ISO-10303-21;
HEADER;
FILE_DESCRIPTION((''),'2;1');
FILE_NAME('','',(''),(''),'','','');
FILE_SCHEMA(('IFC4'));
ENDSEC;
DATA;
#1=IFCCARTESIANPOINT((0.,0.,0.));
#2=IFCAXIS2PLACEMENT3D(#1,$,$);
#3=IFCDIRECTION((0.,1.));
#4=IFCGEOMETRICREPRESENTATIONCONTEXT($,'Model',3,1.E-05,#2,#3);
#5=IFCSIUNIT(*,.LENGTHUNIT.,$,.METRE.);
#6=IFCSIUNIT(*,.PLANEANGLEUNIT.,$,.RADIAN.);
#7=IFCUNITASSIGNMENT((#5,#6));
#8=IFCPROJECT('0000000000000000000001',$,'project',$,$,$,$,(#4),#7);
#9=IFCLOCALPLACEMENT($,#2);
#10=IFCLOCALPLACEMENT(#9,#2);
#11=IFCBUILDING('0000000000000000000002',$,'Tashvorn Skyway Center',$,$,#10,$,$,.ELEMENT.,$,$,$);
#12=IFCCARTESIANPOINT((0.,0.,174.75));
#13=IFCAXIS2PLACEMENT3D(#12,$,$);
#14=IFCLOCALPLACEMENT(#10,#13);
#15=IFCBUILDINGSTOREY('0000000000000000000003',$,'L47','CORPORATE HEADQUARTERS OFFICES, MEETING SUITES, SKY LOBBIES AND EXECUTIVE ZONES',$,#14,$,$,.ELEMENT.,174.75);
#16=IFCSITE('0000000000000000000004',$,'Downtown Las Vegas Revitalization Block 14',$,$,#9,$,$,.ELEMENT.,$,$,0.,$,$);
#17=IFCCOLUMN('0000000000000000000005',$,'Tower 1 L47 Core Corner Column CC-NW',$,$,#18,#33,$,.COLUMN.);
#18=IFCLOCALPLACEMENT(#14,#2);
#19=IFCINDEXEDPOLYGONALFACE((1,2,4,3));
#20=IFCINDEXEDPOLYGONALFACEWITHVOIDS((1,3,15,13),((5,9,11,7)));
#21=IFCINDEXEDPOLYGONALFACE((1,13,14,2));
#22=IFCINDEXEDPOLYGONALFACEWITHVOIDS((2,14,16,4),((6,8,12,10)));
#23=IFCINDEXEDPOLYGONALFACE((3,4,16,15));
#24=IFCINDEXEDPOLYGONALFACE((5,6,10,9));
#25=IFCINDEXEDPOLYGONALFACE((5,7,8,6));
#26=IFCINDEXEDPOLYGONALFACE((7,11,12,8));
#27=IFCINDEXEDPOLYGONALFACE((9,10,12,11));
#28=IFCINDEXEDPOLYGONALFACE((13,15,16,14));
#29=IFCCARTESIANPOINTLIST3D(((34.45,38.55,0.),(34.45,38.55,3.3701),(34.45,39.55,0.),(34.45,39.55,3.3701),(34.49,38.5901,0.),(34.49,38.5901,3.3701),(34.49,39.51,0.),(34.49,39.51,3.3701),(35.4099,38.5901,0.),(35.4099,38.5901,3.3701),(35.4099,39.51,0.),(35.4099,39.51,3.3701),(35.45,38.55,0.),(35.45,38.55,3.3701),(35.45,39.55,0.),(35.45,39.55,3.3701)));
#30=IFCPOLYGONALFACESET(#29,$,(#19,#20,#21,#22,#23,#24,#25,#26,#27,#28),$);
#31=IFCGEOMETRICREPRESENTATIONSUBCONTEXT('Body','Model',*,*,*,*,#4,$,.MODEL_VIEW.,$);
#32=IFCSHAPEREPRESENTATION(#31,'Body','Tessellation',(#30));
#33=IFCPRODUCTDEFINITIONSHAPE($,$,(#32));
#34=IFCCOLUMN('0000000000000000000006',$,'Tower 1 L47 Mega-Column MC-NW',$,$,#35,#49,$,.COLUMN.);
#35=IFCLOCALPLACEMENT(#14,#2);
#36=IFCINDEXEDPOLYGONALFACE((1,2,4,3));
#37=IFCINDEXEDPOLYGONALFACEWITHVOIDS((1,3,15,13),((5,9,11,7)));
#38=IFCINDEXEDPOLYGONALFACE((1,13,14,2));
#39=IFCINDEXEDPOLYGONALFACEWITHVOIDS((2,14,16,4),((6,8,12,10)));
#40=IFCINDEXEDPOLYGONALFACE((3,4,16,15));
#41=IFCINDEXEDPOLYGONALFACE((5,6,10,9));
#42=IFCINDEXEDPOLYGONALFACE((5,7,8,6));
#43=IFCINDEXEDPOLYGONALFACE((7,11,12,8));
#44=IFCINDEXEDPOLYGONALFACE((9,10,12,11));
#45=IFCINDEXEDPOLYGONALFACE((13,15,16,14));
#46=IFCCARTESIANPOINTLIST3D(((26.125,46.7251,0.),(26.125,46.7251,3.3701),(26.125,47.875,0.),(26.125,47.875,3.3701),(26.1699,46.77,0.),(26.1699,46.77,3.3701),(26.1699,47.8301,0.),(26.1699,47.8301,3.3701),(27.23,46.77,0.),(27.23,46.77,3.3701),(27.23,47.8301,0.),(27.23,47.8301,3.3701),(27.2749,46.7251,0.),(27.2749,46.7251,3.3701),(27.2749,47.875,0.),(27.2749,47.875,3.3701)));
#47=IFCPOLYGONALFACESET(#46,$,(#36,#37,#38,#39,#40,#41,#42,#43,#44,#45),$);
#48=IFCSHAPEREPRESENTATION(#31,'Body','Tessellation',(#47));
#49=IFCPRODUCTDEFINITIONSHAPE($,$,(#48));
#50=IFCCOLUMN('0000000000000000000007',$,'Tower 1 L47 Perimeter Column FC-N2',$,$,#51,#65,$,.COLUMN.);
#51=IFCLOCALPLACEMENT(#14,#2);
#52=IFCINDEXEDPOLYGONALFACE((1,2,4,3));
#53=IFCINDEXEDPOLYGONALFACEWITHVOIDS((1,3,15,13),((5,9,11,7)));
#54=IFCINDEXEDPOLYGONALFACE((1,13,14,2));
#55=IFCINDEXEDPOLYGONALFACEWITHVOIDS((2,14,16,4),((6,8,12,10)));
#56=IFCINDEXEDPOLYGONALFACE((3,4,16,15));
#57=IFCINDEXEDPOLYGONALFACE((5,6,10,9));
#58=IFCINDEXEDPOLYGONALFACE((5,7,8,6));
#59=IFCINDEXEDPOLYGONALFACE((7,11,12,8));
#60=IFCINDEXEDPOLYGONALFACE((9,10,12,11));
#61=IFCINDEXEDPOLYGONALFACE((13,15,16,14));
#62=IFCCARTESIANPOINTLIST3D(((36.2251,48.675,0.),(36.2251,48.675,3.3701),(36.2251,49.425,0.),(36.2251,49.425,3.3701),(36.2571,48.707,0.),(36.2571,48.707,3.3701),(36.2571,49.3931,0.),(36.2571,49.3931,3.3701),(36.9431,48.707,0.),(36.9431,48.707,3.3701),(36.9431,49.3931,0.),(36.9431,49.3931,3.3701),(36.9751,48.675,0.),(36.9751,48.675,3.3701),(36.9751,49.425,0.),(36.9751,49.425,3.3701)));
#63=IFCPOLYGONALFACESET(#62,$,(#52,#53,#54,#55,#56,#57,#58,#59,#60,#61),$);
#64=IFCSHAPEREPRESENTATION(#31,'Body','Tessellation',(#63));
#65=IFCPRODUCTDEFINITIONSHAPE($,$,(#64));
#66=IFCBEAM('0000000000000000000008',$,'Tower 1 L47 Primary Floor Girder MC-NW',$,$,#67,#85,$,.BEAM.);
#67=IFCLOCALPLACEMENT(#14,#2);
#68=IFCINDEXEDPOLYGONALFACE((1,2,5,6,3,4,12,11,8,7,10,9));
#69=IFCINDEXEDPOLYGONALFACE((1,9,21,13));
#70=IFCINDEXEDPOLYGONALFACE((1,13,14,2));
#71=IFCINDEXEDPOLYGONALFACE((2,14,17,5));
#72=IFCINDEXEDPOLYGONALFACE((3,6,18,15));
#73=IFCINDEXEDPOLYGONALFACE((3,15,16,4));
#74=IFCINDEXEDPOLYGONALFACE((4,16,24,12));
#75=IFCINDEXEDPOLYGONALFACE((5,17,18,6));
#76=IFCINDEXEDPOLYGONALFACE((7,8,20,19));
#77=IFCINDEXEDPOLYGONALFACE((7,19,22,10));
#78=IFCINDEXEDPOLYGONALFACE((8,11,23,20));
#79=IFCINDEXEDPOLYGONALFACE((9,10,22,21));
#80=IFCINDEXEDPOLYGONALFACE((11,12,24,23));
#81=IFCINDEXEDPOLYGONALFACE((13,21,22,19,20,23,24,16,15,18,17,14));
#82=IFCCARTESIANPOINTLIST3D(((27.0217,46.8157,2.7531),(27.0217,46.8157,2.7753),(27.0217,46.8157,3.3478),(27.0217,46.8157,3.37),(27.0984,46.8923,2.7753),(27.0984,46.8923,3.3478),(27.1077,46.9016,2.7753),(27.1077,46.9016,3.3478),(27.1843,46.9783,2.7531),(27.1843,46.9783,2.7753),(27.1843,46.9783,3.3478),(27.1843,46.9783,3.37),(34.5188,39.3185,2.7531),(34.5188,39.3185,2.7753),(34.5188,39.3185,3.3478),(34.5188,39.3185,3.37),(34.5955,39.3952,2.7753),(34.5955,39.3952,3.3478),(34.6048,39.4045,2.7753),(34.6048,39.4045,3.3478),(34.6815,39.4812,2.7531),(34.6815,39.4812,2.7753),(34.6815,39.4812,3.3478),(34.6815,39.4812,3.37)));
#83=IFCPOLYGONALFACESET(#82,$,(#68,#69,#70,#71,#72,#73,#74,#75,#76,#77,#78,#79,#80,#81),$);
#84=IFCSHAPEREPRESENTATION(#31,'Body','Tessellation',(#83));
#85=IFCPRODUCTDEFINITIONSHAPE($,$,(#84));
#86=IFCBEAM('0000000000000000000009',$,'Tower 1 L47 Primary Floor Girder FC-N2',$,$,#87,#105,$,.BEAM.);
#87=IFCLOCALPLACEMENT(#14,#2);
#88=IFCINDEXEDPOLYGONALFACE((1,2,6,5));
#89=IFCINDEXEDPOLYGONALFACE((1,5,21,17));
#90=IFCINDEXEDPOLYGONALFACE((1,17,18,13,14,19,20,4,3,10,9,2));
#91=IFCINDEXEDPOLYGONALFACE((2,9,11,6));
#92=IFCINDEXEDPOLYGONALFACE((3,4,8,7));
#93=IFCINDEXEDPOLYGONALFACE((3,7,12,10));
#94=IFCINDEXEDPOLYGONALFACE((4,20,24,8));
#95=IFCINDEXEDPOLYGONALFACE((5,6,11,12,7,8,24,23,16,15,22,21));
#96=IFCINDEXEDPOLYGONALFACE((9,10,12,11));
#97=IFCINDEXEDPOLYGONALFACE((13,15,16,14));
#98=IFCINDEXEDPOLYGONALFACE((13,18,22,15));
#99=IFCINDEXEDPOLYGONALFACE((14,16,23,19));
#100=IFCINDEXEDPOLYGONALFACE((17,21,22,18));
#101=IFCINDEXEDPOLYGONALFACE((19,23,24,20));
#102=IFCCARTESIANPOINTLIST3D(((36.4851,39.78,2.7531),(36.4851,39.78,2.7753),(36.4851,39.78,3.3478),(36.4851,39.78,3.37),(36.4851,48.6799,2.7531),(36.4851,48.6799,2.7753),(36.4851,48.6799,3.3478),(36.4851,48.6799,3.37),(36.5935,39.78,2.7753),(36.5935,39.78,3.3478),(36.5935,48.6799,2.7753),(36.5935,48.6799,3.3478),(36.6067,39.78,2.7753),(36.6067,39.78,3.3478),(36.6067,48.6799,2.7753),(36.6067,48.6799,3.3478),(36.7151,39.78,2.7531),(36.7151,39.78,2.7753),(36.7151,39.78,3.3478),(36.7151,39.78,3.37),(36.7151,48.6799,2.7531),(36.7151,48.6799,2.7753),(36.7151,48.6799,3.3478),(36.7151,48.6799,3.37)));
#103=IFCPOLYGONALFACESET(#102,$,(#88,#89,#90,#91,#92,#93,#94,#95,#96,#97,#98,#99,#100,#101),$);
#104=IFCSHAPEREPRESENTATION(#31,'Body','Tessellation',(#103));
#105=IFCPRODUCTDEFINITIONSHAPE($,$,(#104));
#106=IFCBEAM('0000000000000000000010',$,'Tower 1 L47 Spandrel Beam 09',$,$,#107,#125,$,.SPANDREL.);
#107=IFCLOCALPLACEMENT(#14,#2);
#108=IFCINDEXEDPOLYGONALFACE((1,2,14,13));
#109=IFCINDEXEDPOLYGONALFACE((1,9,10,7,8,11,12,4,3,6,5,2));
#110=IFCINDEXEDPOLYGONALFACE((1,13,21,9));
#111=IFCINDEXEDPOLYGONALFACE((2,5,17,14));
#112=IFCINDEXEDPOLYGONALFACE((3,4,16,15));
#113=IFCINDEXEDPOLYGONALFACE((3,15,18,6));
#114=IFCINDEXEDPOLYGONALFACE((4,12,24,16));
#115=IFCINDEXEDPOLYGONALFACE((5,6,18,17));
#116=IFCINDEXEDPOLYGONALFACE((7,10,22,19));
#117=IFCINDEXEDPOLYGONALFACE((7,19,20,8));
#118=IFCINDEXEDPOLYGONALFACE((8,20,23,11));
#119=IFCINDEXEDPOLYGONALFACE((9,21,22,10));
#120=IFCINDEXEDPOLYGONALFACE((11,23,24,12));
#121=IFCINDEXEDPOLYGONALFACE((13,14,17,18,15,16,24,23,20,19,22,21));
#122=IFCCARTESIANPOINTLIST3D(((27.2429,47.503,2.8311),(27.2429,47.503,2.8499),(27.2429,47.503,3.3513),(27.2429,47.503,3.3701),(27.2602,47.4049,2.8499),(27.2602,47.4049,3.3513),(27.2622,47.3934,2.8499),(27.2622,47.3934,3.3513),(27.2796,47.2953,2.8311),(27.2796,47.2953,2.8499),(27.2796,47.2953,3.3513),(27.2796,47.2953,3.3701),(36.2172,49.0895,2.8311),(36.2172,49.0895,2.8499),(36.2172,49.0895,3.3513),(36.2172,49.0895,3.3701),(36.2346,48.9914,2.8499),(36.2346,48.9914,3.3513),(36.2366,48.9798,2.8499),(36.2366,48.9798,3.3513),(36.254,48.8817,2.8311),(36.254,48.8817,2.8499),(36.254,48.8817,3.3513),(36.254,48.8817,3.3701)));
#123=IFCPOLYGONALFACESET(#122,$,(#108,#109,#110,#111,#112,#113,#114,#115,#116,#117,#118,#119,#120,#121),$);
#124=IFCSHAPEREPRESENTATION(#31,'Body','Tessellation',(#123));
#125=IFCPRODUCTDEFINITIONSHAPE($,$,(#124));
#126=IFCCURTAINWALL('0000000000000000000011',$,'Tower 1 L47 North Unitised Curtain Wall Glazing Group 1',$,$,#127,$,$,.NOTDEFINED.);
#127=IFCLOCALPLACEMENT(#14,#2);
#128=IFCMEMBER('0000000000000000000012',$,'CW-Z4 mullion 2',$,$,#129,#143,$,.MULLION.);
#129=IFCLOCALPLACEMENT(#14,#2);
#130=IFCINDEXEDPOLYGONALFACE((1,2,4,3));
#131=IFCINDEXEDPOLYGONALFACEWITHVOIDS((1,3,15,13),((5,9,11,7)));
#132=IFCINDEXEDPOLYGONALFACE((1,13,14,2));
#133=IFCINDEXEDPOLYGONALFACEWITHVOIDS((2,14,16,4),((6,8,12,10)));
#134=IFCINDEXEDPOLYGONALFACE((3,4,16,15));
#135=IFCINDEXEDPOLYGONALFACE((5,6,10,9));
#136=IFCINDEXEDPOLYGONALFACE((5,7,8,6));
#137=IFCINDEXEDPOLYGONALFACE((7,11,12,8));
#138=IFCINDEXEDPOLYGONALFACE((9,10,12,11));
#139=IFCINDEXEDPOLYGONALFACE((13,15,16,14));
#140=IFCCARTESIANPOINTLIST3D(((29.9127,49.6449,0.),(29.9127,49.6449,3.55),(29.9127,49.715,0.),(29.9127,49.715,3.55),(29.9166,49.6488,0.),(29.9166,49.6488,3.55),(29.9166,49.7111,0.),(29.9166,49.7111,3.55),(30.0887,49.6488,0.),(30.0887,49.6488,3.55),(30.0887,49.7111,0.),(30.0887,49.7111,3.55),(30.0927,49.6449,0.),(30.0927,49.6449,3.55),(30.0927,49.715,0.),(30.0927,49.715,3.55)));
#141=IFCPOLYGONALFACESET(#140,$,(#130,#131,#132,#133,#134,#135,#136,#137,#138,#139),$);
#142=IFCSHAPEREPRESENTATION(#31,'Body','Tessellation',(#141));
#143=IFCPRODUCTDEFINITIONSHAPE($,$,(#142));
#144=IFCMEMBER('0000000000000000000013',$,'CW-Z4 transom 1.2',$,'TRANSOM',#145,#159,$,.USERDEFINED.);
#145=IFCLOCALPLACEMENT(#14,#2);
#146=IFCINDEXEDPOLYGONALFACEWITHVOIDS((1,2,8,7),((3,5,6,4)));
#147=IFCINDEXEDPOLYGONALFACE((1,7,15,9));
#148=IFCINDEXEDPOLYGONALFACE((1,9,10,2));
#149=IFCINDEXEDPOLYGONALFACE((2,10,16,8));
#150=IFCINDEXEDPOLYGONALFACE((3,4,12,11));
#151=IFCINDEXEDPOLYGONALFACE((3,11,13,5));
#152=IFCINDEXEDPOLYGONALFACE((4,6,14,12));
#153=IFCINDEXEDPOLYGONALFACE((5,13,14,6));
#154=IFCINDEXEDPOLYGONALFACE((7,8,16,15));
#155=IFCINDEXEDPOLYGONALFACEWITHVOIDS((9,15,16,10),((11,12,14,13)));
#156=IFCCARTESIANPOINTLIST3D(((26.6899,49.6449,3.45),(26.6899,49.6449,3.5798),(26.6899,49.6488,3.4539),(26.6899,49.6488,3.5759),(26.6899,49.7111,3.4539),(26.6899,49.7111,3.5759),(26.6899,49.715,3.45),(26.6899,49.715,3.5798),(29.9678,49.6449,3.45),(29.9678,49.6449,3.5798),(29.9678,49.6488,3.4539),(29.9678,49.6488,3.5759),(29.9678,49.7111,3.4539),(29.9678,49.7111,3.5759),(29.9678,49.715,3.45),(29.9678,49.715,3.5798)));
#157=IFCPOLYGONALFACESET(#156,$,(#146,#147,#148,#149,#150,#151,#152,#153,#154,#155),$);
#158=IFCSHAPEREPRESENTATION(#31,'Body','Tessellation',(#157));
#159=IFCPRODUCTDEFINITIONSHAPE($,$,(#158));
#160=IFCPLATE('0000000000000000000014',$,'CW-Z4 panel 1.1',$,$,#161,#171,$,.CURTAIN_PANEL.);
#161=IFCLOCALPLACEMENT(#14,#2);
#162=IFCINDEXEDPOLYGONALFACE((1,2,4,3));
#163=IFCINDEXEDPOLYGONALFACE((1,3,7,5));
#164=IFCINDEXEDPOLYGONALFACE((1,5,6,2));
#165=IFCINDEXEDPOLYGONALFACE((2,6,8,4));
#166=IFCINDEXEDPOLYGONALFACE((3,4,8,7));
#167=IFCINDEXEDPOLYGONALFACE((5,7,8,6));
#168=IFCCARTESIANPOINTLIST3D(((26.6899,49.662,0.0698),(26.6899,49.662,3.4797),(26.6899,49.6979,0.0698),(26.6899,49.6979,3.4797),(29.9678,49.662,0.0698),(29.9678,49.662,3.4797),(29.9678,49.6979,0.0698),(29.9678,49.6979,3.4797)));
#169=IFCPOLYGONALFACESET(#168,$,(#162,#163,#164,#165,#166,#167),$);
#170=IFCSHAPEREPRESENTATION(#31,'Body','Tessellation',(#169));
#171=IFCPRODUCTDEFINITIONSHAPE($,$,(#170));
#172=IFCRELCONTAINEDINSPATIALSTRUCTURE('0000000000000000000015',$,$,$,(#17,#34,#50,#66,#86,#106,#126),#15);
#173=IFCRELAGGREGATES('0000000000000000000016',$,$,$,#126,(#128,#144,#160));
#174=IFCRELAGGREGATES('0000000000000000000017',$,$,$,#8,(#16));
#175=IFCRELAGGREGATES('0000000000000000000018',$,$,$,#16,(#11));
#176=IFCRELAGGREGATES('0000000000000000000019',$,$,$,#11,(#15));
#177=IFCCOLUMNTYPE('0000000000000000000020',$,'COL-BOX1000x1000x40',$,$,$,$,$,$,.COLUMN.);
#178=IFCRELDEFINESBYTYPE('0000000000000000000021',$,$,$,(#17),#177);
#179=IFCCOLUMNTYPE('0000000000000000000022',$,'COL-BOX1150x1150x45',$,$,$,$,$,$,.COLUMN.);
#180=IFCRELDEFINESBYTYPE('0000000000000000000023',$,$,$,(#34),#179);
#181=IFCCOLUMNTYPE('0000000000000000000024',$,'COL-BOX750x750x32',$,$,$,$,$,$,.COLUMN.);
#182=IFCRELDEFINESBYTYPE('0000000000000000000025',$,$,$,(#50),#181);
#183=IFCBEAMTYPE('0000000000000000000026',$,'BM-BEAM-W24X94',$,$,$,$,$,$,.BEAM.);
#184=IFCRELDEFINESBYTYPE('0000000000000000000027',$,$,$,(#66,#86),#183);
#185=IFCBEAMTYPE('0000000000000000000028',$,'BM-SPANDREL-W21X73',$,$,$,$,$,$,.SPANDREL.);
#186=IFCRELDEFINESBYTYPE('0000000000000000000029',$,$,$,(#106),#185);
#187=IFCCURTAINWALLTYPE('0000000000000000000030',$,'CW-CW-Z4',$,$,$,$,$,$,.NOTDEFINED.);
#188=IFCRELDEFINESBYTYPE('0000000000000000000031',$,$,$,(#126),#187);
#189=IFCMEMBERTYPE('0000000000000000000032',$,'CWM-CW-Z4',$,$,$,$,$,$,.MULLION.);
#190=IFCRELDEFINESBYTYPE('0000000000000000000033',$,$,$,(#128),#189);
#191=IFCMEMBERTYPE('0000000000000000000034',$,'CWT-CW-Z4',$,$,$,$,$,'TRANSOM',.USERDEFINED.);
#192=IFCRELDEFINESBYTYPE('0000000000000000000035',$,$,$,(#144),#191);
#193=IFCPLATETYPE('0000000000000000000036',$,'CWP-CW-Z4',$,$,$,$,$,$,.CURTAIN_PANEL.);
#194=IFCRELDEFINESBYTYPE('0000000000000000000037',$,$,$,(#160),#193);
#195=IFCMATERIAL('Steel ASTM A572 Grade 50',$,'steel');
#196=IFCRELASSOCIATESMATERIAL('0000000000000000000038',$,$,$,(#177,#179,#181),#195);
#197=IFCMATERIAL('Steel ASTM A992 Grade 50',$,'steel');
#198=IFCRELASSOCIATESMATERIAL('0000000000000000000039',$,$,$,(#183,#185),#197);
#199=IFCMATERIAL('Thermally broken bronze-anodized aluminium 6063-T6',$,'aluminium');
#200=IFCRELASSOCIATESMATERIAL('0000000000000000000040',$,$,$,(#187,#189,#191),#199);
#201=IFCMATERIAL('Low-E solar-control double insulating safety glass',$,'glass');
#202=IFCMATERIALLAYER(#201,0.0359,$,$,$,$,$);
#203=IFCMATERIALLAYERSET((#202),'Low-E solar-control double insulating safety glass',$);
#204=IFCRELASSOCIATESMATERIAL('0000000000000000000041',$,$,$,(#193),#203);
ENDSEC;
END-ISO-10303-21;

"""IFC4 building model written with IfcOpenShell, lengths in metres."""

from ifc_helpers import new_model, si_unit, direction, frame, origin, origin_2d, place, context, subcontext, project, spatial, rectangle, hollow_rectangle, i_section, extrude, material, layer, layer_set, material_profile, profile_set, type_object, element, aggregate, save


model = new_model("IFC4")

# Units and contexts
model_context = context("Model", 3, precision=1e-05, world=origin(), true_north=direction((0.0, 1.0)))
body_context = subcontext(model_context, "Body", "Model", "MODEL_VIEW")
ifc_project = project(units=[si_unit("LENGTHUNIT", "METRE"), si_unit("PLANEANGLEUNIT", "RADIAN")], contexts=[model_context])

# Site, building, storey
site_placement = place(None, origin())
site = spatial("IfcSite", under=ifc_project, at=site_placement, Name="Downtown Las Vegas Revitalization Block 14", CompositionType="ELEMENT", RefElevation=0.0)
building_placement = place(site_placement, origin())
building = spatial("IfcBuilding", under=site, at=building_placement, Name="Tashvorn Skyway Center", CompositionType="ELEMENT")
storey_placement = place(building_placement, frame((0.0, 0.0, 174.75)))
storey = spatial("IfcBuildingStorey", under=building, at=storey_placement, Name="L47", Description="CORPORATE HEADQUARTERS OFFICES, MEETING SUITES, SKY LOBBIES AND EXECUTIVE ZONES", CompositionType="ELEMENT", Elevation=174.75)

# Columns
ifc_material_1 = material(Name="Steel ASTM A572 Grade 50", Category="steel")
ifc_material_profile_1 = material_profile(ifc_material_1, hollow_rectangle(XDim=1.0, YDim=1.0, WallThickness=0.04, at=origin_2d()), Name="BOX1000x1000x40")
ifc_profile_set_1 = profile_set([ifc_material_profile_1], Name="Steel ASTM A572 Grade 50")
column_type_1 = type_object("IfcColumnType", Name="COL-BOX1000x1000x40", PredefinedType="COLUMN", material=ifc_profile_set_1)
column_1_placement = place(storey_placement, frame((34.95, 39.05, 0.0), z_axis=(0.0, 0.0, 1.0), x_axis=(1.0, 0.0, 0.0)))
element("IfcColumn", 1, at=column_1_placement, inside=storey, type_object=column_type_1, Name="Tower 1 L47 Core Corner Column CC-NW", PredefinedType="COLUMN", context=body_context, shape_type="SweptSolid", body=[
    extrude(hollow_rectangle(XDim=1.0, YDim=1.0, WallThickness=0.04, at=origin_2d()), origin(), (0.0, 0.0, 1.0), 3.3701),
])
ifc_material_profile_2 = material_profile(ifc_material_1, hollow_rectangle(XDim=1.1499, YDim=1.1499, WallThickness=0.0449, at=origin_2d()), Name="BOX1150x1150x45")
ifc_profile_set_2 = profile_set([ifc_material_profile_2], Name="Steel ASTM A572 Grade 50")
column_type_2 = type_object("IfcColumnType", Name="COL-BOX1150x1150x45", PredefinedType="COLUMN", material=ifc_profile_set_2)
column_2_placement = place(storey_placement, frame((26.7, 47.3, 0.0), z_axis=(0.0, 0.0, 1.0), x_axis=(1.0, 0.0, 0.0)))
element("IfcColumn", 2, at=column_2_placement, inside=storey, type_object=column_type_2, Name="Tower 1 L47 Mega-Column MC-NW", PredefinedType="COLUMN", context=body_context, shape_type="SweptSolid", body=[
    extrude(hollow_rectangle(XDim=1.1499, YDim=1.1499, WallThickness=0.0449, at=origin_2d()), origin(), (0.0, 0.0, 1.0), 3.3701),
])
ifc_material_profile_3 = material_profile(ifc_material_1, hollow_rectangle(XDim=0.75, YDim=0.75, WallThickness=0.032, at=origin_2d()), Name="BOX750x750x32")
ifc_profile_set_3 = profile_set([ifc_material_profile_3], Name="Steel ASTM A572 Grade 50")
column_type_3 = type_object("IfcColumnType", Name="COL-BOX750x750x32", PredefinedType="COLUMN", material=ifc_profile_set_3)
column_3_placement = place(storey_placement, frame((36.6001, 49.05, 0.0), z_axis=(0.0, 0.0, 1.0), x_axis=(1.0, 0.0, 0.0)))
element("IfcColumn", 3, at=column_3_placement, inside=storey, type_object=column_type_3, Name="Tower 1 L47 Perimeter Column FC-N2", PredefinedType="COLUMN", context=body_context, shape_type="SweptSolid", body=[
    extrude(hollow_rectangle(XDim=0.75, YDim=0.75, WallThickness=0.032, at=origin_2d()), origin(), (0.0, 0.0, 1.0), 3.3701),
])

# Beams
ifc_material_2 = material(Name="Steel ASTM A992 Grade 50", Category="steel")
ifc_material_profile_4 = material_profile(ifc_material_2, i_section(OverallWidth=0.23, OverallDepth=0.6169, WebThickness=0.0132, FlangeThickness=0.0222, at=origin_2d()), Name="W24X94")
ifc_profile_set_4 = profile_set([ifc_material_profile_4], Name="Steel ASTM A992 Grade 50")
beam_type_1 = type_object("IfcBeamType", Name="BM-BEAM-W24X94", PredefinedType="BEAM", material=ifc_profile_set_4)
beam_1_placement = place(storey_placement, frame((27.103, 46.897, 3.0615), z_axis=(0.707107, -0.707107, 0.0), x_axis=(0.707107, 0.707107, 0.0)))
element("IfcBeam", 4, at=beam_1_placement, inside=storey, type_object=beam_type_1, Name="Tower 1 L47 Primary Floor Girder MC-NW", PredefinedType="BEAM", context=body_context, shape_type="SweptSolid", body=[
    extrude(i_section(OverallWidth=0.23, OverallDepth=0.6169, WebThickness=0.0132, FlangeThickness=0.0222, at=origin_2d()), origin(), (0.0, 0.0, 1.0), 10.6025),
])
beam_2_placement = place(storey_placement, frame((36.6001, 48.6799, 3.0615), z_axis=(0.0, -1.0, 0.0), x_axis=(1.0, 0.0, 0.0)))
element("IfcBeam", 5, at=beam_2_placement, inside=storey, type_object=beam_type_1, Name="Tower 1 L47 Primary Floor Girder FC-N2", PredefinedType="BEAM", context=body_context, shape_type="SweptSolid", body=[
    extrude(i_section(OverallWidth=0.23, OverallDepth=0.6169, WebThickness=0.0132, FlangeThickness=0.0222, at=origin_2d()), origin(), (0.0, 0.0, 1.0), 8.8999),
])
ifc_material_profile_5 = material_profile(ifc_material_2, i_section(OverallWidth=0.2109, OverallDepth=0.5391, WebThickness=0.0117, FlangeThickness=0.0188, at=origin_2d()), Name="W21X73")
ifc_profile_set_5 = profile_set([ifc_material_profile_5], Name="Steel ASTM A992 Grade 50")
beam_type_2 = type_object("IfcBeamType", Name="BM-SPANDREL-W21X73", PredefinedType="SPANDREL", material=ifc_profile_set_5)
beam_3_placement = place(storey_placement, frame((36.2356, 48.9856, 3.1006), z_axis=(-0.984733, -0.174074, 0.0), x_axis=(0.174074, -0.984733, 0.0)))
element("IfcBeam", 6, at=beam_3_placement, inside=storey, type_object=beam_type_2, Name="Tower 1 L47 Spandrel Beam 09", PredefinedType="SPANDREL", context=body_context, shape_type="SweptSolid", body=[
    extrude(i_section(OverallWidth=0.2109, OverallDepth=0.5391, WebThickness=0.0117, FlangeThickness=0.0188, at=origin_2d()), origin(), (0.0, 0.0, 1.0), 9.1135),
])

# Curtain wall, members, plate
ifc_material_3 = material(Name="Thermally broken bronze-anodized aluminium 6063-T6", Category="aluminium")
curtain_wall_type = type_object("IfcCurtainWallType", Name="CW-CW-Z4", PredefinedType="NOTDEFINED", material=ifc_material_3)
curtain_wall_placement = place(storey_placement, origin())
curtain_wall = element("IfcCurtainWall", 7, at=curtain_wall_placement, inside=storey, type_object=curtain_wall_type, Name="Tower 1 L47 North Unitised Curtain Wall Glazing Group 1", PredefinedType="NOTDEFINED")
ifc_material_profile_6 = material_profile(ifc_material_3, hollow_rectangle(XDim=0.0701, YDim=0.1799, WallThickness=0.0039, at=origin_2d()), Name="ALU-MULL-70x180")
ifc_profile_set_6 = profile_set([ifc_material_profile_6], Name="Thermally broken bronze-anodized aluminium 6063-T6")
member_type_1 = type_object("IfcMemberType", Name="CWM-CW-Z4", PredefinedType="MULLION", material=ifc_profile_set_6)
member_1_placement = place(storey_placement, frame((30.0027, 49.6799, 0.0), z_axis=(0.0, 0.0, 1.0), x_axis=(0.0, 1.0, 0.0)))
member_1 = element("IfcMember", 8, at=member_1_placement, type_object=member_type_1, Name="CW-Z4 mullion 2", PredefinedType="MULLION", context=body_context, shape_type="SweptSolid", body=[
    extrude(hollow_rectangle(XDim=0.0701, YDim=0.1799, WallThickness=0.0039, at=origin_2d()), origin(), (0.0, 0.0, 1.0), 3.55),
])
ifc_material_profile_7 = material_profile(ifc_material_3, hollow_rectangle(XDim=0.0701, YDim=0.1299, WallThickness=0.0039, at=origin_2d()), Name="ALU-TRAN-70x130")
ifc_profile_set_7 = profile_set([ifc_material_profile_7], Name="Thermally broken bronze-anodized aluminium 6063-T6")
member_type_2 = type_object("IfcMemberType", Name="CWT-CW-Z4", ElementType="TRANSOM", PredefinedType="USERDEFINED", material=ifc_profile_set_7)
member_2_placement = place(storey_placement, frame((26.6899, 49.6799, 3.5149), z_axis=(1.0, 0.0, 0.0), x_axis=(0.0, 1.0, 0.0)))
member_2 = element("IfcMember", 9, at=member_2_placement, type_object=member_type_2, Name="CW-Z4 transom 1.2", ObjectType="TRANSOM", PredefinedType="USERDEFINED", context=body_context, shape_type="SweptSolid", body=[
    extrude(hollow_rectangle(XDim=0.0701, YDim=0.1299, WallThickness=0.0039, at=origin_2d()), origin(), (0.0, 0.0, 1.0), 3.2778),
])
ifc_material_4 = material(Name="Low-E solar-control double insulating safety glass", Category="glass")
ifc_layer_1 = layer(ifc_material_4, 0.0359)
ifc_layer_set_1 = layer_set([ifc_layer_1], Name="Low-E solar-control double insulating safety glass")
plate_type = type_object("IfcPlateType", Name="CWP-CW-Z4", PredefinedType="CURTAIN_PANEL", material=ifc_layer_set_1)
plate_placement = place(storey_placement, frame((28.3289, 49.6799, 0.0698), z_axis=(0.0, 0.0, 1.0), x_axis=(1.0, 0.0, 0.0)))
plate = element("IfcPlate", 10, at=plate_placement, type_object=plate_type, Name="CW-Z4 panel 1.1", PredefinedType="CURTAIN_PANEL", context=body_context, shape_type="SweptSolid", body=[
    extrude(rectangle(XDim=3.2778, YDim=0.0359, at=origin_2d()), origin(), (0.0, 0.0, 1.0), 3.4099),
])
aggregate(curtain_wall, [member_1, member_2, plate])

save(model, "model.ifc")
